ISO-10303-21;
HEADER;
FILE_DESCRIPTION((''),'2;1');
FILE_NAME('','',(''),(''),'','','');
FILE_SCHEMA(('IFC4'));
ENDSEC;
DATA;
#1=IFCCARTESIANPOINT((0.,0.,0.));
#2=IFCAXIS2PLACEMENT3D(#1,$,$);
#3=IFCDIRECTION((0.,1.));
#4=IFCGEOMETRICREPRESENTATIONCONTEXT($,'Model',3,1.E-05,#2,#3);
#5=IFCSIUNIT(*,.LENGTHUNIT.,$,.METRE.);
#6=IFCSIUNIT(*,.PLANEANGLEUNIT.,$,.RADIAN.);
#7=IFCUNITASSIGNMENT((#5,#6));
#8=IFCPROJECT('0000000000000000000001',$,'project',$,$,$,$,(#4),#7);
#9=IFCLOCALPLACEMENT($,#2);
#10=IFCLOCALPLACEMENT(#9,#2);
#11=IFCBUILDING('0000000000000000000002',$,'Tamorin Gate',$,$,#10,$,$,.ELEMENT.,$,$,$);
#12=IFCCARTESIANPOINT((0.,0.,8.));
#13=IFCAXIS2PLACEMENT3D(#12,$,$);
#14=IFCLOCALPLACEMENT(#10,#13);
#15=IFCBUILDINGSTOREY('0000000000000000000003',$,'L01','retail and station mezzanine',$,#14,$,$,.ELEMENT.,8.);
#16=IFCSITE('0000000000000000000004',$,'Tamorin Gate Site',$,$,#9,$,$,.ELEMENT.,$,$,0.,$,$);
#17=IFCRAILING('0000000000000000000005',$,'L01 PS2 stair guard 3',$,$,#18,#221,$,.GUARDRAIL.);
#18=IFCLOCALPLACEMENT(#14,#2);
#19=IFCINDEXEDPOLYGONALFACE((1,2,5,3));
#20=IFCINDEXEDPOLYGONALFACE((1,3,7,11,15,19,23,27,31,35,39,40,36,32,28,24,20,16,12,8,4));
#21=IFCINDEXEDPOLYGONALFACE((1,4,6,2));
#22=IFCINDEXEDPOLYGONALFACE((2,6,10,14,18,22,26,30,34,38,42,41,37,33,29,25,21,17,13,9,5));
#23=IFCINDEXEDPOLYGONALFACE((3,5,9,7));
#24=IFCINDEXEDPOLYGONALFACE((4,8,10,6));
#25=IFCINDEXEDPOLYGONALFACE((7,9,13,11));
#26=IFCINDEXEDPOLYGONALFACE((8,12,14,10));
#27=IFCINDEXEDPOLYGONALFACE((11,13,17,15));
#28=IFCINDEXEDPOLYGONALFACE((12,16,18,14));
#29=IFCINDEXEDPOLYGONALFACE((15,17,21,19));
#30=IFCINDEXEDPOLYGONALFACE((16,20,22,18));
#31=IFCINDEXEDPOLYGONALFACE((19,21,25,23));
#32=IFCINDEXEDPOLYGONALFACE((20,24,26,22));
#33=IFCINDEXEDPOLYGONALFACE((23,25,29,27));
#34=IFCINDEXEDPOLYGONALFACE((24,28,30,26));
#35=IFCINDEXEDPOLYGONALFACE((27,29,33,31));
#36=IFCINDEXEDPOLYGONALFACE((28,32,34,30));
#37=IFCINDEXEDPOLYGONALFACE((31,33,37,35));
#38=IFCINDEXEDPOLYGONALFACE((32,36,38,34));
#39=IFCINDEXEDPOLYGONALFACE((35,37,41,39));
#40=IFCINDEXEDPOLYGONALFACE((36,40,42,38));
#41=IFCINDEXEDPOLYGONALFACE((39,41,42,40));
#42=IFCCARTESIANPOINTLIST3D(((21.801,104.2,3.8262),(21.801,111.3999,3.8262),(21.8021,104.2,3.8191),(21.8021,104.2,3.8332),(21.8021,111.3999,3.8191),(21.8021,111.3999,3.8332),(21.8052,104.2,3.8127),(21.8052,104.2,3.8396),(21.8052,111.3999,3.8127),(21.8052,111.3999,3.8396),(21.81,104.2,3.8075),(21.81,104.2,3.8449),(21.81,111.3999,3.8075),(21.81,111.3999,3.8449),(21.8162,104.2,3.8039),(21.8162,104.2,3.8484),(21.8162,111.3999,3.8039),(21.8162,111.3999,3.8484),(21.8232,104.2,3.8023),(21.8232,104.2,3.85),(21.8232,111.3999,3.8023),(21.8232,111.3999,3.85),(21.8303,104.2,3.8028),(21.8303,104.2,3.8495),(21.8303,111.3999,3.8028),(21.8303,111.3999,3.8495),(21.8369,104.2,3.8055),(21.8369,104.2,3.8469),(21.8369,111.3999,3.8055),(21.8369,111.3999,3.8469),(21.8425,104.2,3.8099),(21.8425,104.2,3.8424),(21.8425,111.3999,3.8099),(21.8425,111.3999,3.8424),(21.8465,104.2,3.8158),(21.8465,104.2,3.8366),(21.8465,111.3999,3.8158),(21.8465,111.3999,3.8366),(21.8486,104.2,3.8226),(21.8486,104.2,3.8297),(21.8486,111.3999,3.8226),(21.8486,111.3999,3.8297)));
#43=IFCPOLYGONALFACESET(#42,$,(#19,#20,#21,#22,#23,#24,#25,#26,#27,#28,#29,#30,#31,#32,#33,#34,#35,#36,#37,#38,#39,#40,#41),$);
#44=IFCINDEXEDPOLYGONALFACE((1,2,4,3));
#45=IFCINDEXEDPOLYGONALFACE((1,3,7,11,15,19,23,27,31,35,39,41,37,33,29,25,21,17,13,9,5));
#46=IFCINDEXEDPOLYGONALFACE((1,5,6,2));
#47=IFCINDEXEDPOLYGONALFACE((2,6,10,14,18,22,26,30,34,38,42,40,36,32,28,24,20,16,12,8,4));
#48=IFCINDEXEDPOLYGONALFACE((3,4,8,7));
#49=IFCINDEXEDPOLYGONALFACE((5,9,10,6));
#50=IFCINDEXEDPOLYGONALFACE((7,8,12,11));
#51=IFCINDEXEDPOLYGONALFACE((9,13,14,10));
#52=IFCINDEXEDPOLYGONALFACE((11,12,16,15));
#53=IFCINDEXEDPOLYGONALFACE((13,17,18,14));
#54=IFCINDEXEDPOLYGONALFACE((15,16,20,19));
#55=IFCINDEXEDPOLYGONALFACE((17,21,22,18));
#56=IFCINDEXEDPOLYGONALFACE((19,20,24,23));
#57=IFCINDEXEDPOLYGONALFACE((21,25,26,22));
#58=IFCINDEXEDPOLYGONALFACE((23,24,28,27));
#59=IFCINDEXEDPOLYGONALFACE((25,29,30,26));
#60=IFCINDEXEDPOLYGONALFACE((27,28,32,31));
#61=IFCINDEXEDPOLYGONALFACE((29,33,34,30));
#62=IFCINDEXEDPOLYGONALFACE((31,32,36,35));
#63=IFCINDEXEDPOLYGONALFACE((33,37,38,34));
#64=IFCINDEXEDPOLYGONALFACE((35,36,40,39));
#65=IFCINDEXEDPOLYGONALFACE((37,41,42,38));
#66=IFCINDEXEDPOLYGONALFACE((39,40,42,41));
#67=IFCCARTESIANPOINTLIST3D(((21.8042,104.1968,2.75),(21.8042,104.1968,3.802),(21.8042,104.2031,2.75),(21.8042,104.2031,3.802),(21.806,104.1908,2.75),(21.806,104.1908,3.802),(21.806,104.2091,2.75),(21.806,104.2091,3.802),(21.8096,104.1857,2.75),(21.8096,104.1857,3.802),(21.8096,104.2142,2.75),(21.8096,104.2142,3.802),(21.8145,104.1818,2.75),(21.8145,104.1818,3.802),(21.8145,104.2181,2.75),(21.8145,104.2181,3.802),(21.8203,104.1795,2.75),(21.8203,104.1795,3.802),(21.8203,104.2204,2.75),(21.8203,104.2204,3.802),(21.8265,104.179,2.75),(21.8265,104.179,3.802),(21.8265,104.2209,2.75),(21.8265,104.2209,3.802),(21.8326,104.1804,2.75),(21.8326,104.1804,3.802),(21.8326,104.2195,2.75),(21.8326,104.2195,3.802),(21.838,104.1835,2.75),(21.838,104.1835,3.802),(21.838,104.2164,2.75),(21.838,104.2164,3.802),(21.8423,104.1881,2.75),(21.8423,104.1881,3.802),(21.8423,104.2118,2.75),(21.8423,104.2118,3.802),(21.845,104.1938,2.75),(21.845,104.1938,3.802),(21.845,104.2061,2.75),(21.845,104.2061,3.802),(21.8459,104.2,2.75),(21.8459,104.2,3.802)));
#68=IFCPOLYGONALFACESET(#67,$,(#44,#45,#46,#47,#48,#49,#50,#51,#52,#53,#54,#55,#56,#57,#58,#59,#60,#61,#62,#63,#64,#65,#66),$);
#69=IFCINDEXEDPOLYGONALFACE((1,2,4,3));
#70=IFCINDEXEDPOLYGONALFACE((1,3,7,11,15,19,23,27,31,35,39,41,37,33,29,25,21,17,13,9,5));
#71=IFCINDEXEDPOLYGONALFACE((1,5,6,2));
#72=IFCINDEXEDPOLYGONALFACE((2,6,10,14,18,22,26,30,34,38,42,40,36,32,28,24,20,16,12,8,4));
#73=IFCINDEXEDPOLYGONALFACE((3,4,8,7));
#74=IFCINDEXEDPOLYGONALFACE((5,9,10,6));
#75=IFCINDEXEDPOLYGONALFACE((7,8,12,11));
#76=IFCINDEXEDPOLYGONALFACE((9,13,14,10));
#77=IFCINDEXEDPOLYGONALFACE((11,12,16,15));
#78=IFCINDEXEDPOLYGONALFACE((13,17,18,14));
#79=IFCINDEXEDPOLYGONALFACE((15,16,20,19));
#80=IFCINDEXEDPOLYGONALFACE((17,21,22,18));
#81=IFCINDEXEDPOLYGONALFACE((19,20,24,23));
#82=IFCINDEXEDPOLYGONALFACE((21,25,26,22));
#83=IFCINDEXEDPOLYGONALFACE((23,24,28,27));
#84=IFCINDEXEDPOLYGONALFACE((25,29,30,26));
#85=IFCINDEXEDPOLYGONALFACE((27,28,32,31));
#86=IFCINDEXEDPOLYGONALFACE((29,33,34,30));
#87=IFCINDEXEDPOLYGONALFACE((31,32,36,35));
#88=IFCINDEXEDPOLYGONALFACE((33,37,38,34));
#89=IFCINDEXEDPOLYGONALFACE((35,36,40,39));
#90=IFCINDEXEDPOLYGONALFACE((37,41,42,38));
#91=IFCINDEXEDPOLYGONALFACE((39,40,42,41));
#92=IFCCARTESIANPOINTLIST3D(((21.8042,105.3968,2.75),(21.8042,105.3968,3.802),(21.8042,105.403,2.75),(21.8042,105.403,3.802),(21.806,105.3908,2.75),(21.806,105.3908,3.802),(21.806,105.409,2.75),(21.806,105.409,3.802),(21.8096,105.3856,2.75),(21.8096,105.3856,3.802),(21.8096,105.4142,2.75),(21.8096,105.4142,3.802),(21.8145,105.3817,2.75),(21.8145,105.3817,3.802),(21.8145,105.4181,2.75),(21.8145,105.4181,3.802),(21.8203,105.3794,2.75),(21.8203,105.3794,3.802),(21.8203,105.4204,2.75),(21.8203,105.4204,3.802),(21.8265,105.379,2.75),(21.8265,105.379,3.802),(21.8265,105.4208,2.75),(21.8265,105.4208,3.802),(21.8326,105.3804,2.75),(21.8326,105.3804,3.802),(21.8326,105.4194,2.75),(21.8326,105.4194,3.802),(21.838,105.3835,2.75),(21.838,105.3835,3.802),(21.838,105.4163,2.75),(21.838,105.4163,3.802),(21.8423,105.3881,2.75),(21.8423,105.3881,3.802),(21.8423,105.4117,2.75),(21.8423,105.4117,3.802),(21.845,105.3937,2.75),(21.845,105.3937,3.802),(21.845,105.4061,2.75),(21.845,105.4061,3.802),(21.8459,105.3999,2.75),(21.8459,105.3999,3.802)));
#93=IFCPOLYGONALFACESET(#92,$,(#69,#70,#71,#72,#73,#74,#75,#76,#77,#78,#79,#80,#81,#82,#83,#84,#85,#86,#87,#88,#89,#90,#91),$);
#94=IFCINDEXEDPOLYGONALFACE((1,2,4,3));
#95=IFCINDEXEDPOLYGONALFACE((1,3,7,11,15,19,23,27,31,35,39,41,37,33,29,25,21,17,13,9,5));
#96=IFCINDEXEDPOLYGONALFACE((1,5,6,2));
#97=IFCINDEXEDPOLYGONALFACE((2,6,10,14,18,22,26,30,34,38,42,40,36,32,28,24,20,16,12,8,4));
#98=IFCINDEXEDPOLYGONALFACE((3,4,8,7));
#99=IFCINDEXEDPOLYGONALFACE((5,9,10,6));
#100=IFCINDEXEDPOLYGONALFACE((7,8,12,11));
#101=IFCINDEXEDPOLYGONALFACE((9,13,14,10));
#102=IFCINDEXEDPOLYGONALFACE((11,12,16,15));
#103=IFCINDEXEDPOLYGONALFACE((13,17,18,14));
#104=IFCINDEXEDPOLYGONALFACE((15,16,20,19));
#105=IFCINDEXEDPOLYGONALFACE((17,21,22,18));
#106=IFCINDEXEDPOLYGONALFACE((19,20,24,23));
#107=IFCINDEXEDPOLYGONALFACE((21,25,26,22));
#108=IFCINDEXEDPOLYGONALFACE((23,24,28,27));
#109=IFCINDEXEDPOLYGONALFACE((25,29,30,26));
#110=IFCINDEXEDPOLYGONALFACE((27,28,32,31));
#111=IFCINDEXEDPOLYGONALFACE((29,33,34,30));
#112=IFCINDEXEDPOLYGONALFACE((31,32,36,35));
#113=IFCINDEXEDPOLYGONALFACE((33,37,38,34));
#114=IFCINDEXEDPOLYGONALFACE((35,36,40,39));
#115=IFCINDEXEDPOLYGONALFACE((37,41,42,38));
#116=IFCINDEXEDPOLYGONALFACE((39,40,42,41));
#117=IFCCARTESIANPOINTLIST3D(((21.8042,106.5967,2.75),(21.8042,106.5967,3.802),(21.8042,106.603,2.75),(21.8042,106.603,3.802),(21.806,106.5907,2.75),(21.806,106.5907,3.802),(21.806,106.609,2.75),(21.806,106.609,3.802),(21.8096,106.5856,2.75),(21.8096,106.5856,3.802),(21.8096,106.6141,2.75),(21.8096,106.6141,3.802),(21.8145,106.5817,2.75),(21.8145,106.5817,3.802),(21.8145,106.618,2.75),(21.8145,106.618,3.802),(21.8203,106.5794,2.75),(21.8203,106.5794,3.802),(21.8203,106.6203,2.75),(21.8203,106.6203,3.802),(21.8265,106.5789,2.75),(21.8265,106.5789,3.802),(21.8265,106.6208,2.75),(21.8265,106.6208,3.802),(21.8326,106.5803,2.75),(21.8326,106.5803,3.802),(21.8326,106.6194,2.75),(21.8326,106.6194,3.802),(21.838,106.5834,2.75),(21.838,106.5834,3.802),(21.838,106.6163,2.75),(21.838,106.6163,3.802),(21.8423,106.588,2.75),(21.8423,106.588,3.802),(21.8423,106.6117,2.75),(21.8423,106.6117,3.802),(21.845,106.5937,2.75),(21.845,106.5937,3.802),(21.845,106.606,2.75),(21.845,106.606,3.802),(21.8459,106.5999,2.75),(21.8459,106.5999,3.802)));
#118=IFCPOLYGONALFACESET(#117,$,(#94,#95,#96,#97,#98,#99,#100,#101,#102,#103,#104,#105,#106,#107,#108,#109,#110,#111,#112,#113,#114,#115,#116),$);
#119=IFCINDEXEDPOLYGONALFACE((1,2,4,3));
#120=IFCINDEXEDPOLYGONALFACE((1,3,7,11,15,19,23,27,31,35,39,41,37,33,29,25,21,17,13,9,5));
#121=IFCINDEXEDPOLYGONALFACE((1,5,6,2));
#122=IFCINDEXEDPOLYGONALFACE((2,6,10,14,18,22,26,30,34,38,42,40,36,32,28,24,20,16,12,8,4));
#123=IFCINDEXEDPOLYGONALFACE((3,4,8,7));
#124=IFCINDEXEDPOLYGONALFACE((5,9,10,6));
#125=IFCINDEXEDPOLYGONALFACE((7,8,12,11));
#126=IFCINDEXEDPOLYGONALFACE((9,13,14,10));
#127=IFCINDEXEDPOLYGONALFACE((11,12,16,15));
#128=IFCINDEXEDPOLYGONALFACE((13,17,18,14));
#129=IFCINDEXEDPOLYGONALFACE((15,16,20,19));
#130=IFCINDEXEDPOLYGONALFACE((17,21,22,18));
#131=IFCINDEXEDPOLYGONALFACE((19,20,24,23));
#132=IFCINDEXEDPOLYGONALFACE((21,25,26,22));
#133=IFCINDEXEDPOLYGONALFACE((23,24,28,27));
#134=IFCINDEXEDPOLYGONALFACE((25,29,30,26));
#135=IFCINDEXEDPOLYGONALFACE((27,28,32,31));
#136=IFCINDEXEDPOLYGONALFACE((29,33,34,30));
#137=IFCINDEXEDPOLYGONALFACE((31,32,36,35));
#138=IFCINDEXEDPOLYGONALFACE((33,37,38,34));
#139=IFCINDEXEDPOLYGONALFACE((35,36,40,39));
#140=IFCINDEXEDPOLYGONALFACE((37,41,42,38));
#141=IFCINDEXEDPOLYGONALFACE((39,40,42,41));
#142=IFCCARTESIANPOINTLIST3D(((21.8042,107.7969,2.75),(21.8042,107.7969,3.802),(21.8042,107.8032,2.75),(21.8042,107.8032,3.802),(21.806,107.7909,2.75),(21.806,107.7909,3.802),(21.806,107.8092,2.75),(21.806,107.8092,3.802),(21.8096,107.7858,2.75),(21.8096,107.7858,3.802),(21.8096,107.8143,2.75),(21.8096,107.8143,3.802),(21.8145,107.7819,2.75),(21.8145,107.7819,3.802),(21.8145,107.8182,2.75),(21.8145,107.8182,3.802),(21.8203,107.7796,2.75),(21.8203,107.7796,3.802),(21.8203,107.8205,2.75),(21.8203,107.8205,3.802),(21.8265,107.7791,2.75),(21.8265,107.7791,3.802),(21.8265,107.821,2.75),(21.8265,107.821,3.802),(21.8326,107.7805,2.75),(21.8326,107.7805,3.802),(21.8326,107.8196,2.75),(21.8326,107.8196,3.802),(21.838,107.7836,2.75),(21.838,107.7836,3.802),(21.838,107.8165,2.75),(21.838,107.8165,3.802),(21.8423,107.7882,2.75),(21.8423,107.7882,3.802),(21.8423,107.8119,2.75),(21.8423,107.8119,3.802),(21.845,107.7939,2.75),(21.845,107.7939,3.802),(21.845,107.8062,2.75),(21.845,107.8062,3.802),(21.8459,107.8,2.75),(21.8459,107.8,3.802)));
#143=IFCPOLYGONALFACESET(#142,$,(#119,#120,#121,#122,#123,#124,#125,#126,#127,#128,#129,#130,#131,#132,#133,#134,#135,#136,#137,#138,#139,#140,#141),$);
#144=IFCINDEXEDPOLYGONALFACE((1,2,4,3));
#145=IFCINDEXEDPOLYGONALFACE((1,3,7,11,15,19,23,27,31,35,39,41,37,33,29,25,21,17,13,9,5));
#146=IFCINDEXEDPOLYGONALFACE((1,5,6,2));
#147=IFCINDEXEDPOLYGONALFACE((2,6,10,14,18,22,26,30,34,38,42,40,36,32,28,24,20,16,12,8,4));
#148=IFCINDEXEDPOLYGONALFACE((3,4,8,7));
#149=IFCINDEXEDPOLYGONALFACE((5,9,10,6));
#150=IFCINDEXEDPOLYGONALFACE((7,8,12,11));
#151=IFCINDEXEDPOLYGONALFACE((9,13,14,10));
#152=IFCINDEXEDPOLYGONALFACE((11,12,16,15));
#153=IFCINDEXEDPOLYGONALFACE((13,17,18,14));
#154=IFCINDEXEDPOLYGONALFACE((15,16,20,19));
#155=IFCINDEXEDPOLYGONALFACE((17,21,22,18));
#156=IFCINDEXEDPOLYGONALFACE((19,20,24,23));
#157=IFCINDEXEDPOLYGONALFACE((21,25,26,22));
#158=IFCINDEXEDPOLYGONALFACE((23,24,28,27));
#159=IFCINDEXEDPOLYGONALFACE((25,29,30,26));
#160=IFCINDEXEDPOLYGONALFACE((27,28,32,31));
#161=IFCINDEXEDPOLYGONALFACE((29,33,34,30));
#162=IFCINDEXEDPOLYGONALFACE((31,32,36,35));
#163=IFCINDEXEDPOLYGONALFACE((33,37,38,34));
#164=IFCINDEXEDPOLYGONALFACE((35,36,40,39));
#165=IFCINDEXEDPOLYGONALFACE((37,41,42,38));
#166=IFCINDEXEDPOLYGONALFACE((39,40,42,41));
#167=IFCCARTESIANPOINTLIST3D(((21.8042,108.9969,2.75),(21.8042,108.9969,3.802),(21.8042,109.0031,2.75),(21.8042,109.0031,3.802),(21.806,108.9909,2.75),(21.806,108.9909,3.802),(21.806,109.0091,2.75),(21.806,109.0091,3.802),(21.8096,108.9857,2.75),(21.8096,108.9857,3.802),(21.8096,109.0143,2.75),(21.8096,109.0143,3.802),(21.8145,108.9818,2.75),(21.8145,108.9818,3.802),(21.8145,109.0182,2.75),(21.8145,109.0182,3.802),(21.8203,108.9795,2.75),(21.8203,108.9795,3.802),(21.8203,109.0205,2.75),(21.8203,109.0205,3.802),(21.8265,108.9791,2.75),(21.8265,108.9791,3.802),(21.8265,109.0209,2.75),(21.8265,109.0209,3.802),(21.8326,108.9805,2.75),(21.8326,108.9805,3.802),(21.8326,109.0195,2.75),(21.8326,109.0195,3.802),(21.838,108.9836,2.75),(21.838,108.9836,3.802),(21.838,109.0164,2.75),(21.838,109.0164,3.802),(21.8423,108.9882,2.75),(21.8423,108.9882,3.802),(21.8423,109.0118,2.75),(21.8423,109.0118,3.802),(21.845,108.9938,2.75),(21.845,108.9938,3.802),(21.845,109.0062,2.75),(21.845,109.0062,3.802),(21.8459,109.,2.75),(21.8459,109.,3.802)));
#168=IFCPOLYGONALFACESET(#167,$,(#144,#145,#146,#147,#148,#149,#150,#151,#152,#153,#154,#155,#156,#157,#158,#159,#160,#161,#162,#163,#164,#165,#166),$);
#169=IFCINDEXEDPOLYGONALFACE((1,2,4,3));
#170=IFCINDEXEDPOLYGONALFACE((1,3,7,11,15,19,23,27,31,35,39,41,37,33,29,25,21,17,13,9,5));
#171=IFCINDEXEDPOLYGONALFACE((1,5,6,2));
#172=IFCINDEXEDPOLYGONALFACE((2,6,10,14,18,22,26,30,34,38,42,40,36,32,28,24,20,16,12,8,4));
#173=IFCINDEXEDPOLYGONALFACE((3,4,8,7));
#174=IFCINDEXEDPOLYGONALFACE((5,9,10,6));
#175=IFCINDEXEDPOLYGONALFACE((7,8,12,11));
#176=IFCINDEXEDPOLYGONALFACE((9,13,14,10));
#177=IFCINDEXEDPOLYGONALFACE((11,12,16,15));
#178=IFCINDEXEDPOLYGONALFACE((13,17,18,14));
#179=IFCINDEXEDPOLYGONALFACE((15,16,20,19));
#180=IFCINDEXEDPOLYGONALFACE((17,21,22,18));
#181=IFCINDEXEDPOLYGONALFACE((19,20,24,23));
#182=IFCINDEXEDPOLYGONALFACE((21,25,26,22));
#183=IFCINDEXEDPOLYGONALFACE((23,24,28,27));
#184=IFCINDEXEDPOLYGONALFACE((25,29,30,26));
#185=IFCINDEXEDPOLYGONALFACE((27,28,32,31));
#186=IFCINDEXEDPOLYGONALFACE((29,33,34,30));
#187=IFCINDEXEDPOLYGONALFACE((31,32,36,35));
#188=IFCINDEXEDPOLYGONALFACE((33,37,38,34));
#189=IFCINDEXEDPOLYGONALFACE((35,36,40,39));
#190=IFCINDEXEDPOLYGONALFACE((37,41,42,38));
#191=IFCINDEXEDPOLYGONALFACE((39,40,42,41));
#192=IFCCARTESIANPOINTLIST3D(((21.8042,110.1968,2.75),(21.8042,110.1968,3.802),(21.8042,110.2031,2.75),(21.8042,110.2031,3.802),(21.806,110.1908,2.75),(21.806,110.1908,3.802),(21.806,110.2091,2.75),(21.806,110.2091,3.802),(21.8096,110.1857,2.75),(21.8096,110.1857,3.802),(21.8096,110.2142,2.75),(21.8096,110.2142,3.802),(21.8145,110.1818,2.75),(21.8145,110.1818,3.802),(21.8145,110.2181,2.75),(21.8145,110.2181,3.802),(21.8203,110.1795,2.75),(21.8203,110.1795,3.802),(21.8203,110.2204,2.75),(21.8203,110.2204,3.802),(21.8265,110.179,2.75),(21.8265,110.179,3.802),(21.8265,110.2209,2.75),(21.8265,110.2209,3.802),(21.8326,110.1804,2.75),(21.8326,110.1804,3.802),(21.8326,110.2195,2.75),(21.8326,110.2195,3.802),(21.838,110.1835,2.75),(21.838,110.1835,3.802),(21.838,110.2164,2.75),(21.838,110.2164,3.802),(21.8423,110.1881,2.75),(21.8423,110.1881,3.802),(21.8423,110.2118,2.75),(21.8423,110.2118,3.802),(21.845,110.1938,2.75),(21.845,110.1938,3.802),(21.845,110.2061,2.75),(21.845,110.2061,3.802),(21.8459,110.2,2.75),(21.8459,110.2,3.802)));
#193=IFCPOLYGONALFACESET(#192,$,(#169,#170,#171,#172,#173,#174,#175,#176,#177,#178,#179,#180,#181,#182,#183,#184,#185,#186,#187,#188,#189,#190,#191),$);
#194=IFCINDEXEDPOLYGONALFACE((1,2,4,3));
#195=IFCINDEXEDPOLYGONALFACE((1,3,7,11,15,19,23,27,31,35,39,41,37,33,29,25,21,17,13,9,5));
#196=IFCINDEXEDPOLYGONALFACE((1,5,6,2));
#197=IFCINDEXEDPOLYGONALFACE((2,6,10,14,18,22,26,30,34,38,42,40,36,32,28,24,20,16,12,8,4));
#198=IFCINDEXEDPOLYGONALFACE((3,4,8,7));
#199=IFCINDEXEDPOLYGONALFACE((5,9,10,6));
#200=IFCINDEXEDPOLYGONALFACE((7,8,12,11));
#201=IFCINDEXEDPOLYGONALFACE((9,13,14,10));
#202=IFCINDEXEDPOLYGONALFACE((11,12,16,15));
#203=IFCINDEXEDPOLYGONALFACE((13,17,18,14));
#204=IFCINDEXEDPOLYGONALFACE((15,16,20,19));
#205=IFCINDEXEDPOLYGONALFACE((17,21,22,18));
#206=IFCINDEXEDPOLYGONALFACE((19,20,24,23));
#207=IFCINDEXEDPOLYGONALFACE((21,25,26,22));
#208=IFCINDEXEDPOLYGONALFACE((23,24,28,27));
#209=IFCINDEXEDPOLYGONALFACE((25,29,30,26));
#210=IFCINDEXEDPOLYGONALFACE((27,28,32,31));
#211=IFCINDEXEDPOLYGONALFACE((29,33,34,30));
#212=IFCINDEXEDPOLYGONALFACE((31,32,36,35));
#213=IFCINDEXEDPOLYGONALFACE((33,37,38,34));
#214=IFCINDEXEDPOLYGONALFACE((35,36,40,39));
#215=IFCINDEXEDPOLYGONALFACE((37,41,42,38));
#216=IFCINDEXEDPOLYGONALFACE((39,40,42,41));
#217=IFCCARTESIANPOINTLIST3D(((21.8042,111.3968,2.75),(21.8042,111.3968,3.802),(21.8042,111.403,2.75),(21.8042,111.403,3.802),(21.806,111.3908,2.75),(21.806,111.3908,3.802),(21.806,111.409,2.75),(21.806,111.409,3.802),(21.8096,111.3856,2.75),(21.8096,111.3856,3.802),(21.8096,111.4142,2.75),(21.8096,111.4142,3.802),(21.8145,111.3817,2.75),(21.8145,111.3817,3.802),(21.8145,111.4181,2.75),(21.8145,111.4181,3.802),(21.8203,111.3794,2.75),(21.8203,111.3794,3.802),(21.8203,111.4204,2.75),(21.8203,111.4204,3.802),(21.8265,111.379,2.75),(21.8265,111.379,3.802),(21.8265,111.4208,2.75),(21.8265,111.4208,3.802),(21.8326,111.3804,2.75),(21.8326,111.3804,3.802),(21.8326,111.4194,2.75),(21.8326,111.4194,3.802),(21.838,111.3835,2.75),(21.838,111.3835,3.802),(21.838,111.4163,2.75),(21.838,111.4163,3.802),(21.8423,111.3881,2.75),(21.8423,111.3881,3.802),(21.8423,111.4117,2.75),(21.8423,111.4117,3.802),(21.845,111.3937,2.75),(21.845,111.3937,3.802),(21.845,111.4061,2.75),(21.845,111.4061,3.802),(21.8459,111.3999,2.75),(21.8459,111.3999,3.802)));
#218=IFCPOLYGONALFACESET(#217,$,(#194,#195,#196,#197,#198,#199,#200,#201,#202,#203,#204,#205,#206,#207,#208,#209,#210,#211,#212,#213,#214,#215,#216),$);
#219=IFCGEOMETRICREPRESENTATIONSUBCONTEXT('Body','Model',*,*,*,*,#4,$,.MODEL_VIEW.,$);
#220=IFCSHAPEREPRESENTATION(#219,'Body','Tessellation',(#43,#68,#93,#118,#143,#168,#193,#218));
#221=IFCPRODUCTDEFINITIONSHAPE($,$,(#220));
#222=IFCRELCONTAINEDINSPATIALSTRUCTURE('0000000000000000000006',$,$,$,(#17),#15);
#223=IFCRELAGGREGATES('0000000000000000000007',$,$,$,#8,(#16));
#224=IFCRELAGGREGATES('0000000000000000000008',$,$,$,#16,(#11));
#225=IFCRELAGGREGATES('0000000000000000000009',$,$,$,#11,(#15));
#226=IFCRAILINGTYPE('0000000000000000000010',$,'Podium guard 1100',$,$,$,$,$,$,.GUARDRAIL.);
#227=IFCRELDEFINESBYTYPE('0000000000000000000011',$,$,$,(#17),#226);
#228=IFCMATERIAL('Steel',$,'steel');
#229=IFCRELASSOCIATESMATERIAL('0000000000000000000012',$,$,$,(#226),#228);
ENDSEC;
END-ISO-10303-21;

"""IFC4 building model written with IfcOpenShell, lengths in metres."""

from ifc_helpers import new_model, si_unit, direction, frame, origin, origin_2d, place, context, subcontext, project, spatial, circle, extrude, material, type_object, element, save


model = new_model("IFC4")

# Units and contexts
model_context = context("Model", 3, precision=1e-05, world=origin(), true_north=direction((0.0, 1.0)))
body_context = subcontext(model_context, "Body", "Model", "MODEL_VIEW")
ifc_project = project(units=[si_unit("LENGTHUNIT", "METRE"), si_unit("PLANEANGLEUNIT", "RADIAN")], contexts=[model_context])

# Site, building, storey
site_placement = place(None, origin())
site = spatial("IfcSite", under=ifc_project, at=site_placement, Name="Tamorin Gate Site", CompositionType="ELEMENT", RefElevation=0.0)
building_placement = place(site_placement, origin())
building = spatial("IfcBuilding", under=site, at=building_placement, Name="Tamorin Gate", CompositionType="ELEMENT")
storey_placement = place(building_placement, frame((0.0, 0.0, 8.0)))
storey = spatial("IfcBuildingStorey", under=building, at=storey_placement, Name="L01", Description="retail and station mezzanine", CompositionType="ELEMENT", Elevation=8.0)

# Railing
ifc_material_1 = material(Name="Steel", Category="steel")
railing_type = type_object("IfcRailingType", Name="Podium guard 1100", PredefinedType="GUARDRAIL", material=ifc_material_1)
railing_1_placement = place(storey_placement, frame((21.825, 104.2, 2.75)))
element("IfcRailing", 1, at=railing_1_placement, inside=storey, type_object=railing_type, Name="L01 PS2 stair guard 3", PredefinedType="GUARDRAIL", context=body_context, shape_type="SweptSolid", body=[
    extrude(circle(Radius=0.0239, at=origin_2d()), frame((0.0, 0.0, 1.0762), z_axis=(0.0, 1.0, 0.0), x_axis=(-1.0, 0.0, 0.0)), (0.0, 0.0, 1.0), 7.2),
    extrude(circle(Radius=0.021, at=origin_2d()), origin(), (0.0, 0.0, 1.0), 1.052),
    extrude(circle(Radius=0.021, at=origin_2d()), frame((0.0, 1.2, 0.0)), (0.0, 0.0, 1.0), 1.052),
    extrude(circle(Radius=0.021, at=origin_2d()), frame((0.0, 2.3999, 0.0)), (0.0, 0.0, 1.0), 1.052),
    extrude(circle(Radius=0.021, at=origin_2d()), frame((0.0, 3.6001, 0.0)), (0.0, 0.0, 1.0), 1.052),
    extrude(circle(Radius=0.021, at=origin_2d()), frame((0.0, 4.8, 0.0)), (0.0, 0.0, 1.0), 1.052),
    extrude(circle(Radius=0.021, at=origin_2d()), frame((0.0, 6.0, 0.0)), (0.0, 0.0, 1.0), 1.052),
    extrude(circle(Radius=0.021, at=origin_2d()), frame((0.0, 7.2, 0.0)), (0.0, 0.0, 1.0), 1.052),
])

save(model, "model.ifc")
